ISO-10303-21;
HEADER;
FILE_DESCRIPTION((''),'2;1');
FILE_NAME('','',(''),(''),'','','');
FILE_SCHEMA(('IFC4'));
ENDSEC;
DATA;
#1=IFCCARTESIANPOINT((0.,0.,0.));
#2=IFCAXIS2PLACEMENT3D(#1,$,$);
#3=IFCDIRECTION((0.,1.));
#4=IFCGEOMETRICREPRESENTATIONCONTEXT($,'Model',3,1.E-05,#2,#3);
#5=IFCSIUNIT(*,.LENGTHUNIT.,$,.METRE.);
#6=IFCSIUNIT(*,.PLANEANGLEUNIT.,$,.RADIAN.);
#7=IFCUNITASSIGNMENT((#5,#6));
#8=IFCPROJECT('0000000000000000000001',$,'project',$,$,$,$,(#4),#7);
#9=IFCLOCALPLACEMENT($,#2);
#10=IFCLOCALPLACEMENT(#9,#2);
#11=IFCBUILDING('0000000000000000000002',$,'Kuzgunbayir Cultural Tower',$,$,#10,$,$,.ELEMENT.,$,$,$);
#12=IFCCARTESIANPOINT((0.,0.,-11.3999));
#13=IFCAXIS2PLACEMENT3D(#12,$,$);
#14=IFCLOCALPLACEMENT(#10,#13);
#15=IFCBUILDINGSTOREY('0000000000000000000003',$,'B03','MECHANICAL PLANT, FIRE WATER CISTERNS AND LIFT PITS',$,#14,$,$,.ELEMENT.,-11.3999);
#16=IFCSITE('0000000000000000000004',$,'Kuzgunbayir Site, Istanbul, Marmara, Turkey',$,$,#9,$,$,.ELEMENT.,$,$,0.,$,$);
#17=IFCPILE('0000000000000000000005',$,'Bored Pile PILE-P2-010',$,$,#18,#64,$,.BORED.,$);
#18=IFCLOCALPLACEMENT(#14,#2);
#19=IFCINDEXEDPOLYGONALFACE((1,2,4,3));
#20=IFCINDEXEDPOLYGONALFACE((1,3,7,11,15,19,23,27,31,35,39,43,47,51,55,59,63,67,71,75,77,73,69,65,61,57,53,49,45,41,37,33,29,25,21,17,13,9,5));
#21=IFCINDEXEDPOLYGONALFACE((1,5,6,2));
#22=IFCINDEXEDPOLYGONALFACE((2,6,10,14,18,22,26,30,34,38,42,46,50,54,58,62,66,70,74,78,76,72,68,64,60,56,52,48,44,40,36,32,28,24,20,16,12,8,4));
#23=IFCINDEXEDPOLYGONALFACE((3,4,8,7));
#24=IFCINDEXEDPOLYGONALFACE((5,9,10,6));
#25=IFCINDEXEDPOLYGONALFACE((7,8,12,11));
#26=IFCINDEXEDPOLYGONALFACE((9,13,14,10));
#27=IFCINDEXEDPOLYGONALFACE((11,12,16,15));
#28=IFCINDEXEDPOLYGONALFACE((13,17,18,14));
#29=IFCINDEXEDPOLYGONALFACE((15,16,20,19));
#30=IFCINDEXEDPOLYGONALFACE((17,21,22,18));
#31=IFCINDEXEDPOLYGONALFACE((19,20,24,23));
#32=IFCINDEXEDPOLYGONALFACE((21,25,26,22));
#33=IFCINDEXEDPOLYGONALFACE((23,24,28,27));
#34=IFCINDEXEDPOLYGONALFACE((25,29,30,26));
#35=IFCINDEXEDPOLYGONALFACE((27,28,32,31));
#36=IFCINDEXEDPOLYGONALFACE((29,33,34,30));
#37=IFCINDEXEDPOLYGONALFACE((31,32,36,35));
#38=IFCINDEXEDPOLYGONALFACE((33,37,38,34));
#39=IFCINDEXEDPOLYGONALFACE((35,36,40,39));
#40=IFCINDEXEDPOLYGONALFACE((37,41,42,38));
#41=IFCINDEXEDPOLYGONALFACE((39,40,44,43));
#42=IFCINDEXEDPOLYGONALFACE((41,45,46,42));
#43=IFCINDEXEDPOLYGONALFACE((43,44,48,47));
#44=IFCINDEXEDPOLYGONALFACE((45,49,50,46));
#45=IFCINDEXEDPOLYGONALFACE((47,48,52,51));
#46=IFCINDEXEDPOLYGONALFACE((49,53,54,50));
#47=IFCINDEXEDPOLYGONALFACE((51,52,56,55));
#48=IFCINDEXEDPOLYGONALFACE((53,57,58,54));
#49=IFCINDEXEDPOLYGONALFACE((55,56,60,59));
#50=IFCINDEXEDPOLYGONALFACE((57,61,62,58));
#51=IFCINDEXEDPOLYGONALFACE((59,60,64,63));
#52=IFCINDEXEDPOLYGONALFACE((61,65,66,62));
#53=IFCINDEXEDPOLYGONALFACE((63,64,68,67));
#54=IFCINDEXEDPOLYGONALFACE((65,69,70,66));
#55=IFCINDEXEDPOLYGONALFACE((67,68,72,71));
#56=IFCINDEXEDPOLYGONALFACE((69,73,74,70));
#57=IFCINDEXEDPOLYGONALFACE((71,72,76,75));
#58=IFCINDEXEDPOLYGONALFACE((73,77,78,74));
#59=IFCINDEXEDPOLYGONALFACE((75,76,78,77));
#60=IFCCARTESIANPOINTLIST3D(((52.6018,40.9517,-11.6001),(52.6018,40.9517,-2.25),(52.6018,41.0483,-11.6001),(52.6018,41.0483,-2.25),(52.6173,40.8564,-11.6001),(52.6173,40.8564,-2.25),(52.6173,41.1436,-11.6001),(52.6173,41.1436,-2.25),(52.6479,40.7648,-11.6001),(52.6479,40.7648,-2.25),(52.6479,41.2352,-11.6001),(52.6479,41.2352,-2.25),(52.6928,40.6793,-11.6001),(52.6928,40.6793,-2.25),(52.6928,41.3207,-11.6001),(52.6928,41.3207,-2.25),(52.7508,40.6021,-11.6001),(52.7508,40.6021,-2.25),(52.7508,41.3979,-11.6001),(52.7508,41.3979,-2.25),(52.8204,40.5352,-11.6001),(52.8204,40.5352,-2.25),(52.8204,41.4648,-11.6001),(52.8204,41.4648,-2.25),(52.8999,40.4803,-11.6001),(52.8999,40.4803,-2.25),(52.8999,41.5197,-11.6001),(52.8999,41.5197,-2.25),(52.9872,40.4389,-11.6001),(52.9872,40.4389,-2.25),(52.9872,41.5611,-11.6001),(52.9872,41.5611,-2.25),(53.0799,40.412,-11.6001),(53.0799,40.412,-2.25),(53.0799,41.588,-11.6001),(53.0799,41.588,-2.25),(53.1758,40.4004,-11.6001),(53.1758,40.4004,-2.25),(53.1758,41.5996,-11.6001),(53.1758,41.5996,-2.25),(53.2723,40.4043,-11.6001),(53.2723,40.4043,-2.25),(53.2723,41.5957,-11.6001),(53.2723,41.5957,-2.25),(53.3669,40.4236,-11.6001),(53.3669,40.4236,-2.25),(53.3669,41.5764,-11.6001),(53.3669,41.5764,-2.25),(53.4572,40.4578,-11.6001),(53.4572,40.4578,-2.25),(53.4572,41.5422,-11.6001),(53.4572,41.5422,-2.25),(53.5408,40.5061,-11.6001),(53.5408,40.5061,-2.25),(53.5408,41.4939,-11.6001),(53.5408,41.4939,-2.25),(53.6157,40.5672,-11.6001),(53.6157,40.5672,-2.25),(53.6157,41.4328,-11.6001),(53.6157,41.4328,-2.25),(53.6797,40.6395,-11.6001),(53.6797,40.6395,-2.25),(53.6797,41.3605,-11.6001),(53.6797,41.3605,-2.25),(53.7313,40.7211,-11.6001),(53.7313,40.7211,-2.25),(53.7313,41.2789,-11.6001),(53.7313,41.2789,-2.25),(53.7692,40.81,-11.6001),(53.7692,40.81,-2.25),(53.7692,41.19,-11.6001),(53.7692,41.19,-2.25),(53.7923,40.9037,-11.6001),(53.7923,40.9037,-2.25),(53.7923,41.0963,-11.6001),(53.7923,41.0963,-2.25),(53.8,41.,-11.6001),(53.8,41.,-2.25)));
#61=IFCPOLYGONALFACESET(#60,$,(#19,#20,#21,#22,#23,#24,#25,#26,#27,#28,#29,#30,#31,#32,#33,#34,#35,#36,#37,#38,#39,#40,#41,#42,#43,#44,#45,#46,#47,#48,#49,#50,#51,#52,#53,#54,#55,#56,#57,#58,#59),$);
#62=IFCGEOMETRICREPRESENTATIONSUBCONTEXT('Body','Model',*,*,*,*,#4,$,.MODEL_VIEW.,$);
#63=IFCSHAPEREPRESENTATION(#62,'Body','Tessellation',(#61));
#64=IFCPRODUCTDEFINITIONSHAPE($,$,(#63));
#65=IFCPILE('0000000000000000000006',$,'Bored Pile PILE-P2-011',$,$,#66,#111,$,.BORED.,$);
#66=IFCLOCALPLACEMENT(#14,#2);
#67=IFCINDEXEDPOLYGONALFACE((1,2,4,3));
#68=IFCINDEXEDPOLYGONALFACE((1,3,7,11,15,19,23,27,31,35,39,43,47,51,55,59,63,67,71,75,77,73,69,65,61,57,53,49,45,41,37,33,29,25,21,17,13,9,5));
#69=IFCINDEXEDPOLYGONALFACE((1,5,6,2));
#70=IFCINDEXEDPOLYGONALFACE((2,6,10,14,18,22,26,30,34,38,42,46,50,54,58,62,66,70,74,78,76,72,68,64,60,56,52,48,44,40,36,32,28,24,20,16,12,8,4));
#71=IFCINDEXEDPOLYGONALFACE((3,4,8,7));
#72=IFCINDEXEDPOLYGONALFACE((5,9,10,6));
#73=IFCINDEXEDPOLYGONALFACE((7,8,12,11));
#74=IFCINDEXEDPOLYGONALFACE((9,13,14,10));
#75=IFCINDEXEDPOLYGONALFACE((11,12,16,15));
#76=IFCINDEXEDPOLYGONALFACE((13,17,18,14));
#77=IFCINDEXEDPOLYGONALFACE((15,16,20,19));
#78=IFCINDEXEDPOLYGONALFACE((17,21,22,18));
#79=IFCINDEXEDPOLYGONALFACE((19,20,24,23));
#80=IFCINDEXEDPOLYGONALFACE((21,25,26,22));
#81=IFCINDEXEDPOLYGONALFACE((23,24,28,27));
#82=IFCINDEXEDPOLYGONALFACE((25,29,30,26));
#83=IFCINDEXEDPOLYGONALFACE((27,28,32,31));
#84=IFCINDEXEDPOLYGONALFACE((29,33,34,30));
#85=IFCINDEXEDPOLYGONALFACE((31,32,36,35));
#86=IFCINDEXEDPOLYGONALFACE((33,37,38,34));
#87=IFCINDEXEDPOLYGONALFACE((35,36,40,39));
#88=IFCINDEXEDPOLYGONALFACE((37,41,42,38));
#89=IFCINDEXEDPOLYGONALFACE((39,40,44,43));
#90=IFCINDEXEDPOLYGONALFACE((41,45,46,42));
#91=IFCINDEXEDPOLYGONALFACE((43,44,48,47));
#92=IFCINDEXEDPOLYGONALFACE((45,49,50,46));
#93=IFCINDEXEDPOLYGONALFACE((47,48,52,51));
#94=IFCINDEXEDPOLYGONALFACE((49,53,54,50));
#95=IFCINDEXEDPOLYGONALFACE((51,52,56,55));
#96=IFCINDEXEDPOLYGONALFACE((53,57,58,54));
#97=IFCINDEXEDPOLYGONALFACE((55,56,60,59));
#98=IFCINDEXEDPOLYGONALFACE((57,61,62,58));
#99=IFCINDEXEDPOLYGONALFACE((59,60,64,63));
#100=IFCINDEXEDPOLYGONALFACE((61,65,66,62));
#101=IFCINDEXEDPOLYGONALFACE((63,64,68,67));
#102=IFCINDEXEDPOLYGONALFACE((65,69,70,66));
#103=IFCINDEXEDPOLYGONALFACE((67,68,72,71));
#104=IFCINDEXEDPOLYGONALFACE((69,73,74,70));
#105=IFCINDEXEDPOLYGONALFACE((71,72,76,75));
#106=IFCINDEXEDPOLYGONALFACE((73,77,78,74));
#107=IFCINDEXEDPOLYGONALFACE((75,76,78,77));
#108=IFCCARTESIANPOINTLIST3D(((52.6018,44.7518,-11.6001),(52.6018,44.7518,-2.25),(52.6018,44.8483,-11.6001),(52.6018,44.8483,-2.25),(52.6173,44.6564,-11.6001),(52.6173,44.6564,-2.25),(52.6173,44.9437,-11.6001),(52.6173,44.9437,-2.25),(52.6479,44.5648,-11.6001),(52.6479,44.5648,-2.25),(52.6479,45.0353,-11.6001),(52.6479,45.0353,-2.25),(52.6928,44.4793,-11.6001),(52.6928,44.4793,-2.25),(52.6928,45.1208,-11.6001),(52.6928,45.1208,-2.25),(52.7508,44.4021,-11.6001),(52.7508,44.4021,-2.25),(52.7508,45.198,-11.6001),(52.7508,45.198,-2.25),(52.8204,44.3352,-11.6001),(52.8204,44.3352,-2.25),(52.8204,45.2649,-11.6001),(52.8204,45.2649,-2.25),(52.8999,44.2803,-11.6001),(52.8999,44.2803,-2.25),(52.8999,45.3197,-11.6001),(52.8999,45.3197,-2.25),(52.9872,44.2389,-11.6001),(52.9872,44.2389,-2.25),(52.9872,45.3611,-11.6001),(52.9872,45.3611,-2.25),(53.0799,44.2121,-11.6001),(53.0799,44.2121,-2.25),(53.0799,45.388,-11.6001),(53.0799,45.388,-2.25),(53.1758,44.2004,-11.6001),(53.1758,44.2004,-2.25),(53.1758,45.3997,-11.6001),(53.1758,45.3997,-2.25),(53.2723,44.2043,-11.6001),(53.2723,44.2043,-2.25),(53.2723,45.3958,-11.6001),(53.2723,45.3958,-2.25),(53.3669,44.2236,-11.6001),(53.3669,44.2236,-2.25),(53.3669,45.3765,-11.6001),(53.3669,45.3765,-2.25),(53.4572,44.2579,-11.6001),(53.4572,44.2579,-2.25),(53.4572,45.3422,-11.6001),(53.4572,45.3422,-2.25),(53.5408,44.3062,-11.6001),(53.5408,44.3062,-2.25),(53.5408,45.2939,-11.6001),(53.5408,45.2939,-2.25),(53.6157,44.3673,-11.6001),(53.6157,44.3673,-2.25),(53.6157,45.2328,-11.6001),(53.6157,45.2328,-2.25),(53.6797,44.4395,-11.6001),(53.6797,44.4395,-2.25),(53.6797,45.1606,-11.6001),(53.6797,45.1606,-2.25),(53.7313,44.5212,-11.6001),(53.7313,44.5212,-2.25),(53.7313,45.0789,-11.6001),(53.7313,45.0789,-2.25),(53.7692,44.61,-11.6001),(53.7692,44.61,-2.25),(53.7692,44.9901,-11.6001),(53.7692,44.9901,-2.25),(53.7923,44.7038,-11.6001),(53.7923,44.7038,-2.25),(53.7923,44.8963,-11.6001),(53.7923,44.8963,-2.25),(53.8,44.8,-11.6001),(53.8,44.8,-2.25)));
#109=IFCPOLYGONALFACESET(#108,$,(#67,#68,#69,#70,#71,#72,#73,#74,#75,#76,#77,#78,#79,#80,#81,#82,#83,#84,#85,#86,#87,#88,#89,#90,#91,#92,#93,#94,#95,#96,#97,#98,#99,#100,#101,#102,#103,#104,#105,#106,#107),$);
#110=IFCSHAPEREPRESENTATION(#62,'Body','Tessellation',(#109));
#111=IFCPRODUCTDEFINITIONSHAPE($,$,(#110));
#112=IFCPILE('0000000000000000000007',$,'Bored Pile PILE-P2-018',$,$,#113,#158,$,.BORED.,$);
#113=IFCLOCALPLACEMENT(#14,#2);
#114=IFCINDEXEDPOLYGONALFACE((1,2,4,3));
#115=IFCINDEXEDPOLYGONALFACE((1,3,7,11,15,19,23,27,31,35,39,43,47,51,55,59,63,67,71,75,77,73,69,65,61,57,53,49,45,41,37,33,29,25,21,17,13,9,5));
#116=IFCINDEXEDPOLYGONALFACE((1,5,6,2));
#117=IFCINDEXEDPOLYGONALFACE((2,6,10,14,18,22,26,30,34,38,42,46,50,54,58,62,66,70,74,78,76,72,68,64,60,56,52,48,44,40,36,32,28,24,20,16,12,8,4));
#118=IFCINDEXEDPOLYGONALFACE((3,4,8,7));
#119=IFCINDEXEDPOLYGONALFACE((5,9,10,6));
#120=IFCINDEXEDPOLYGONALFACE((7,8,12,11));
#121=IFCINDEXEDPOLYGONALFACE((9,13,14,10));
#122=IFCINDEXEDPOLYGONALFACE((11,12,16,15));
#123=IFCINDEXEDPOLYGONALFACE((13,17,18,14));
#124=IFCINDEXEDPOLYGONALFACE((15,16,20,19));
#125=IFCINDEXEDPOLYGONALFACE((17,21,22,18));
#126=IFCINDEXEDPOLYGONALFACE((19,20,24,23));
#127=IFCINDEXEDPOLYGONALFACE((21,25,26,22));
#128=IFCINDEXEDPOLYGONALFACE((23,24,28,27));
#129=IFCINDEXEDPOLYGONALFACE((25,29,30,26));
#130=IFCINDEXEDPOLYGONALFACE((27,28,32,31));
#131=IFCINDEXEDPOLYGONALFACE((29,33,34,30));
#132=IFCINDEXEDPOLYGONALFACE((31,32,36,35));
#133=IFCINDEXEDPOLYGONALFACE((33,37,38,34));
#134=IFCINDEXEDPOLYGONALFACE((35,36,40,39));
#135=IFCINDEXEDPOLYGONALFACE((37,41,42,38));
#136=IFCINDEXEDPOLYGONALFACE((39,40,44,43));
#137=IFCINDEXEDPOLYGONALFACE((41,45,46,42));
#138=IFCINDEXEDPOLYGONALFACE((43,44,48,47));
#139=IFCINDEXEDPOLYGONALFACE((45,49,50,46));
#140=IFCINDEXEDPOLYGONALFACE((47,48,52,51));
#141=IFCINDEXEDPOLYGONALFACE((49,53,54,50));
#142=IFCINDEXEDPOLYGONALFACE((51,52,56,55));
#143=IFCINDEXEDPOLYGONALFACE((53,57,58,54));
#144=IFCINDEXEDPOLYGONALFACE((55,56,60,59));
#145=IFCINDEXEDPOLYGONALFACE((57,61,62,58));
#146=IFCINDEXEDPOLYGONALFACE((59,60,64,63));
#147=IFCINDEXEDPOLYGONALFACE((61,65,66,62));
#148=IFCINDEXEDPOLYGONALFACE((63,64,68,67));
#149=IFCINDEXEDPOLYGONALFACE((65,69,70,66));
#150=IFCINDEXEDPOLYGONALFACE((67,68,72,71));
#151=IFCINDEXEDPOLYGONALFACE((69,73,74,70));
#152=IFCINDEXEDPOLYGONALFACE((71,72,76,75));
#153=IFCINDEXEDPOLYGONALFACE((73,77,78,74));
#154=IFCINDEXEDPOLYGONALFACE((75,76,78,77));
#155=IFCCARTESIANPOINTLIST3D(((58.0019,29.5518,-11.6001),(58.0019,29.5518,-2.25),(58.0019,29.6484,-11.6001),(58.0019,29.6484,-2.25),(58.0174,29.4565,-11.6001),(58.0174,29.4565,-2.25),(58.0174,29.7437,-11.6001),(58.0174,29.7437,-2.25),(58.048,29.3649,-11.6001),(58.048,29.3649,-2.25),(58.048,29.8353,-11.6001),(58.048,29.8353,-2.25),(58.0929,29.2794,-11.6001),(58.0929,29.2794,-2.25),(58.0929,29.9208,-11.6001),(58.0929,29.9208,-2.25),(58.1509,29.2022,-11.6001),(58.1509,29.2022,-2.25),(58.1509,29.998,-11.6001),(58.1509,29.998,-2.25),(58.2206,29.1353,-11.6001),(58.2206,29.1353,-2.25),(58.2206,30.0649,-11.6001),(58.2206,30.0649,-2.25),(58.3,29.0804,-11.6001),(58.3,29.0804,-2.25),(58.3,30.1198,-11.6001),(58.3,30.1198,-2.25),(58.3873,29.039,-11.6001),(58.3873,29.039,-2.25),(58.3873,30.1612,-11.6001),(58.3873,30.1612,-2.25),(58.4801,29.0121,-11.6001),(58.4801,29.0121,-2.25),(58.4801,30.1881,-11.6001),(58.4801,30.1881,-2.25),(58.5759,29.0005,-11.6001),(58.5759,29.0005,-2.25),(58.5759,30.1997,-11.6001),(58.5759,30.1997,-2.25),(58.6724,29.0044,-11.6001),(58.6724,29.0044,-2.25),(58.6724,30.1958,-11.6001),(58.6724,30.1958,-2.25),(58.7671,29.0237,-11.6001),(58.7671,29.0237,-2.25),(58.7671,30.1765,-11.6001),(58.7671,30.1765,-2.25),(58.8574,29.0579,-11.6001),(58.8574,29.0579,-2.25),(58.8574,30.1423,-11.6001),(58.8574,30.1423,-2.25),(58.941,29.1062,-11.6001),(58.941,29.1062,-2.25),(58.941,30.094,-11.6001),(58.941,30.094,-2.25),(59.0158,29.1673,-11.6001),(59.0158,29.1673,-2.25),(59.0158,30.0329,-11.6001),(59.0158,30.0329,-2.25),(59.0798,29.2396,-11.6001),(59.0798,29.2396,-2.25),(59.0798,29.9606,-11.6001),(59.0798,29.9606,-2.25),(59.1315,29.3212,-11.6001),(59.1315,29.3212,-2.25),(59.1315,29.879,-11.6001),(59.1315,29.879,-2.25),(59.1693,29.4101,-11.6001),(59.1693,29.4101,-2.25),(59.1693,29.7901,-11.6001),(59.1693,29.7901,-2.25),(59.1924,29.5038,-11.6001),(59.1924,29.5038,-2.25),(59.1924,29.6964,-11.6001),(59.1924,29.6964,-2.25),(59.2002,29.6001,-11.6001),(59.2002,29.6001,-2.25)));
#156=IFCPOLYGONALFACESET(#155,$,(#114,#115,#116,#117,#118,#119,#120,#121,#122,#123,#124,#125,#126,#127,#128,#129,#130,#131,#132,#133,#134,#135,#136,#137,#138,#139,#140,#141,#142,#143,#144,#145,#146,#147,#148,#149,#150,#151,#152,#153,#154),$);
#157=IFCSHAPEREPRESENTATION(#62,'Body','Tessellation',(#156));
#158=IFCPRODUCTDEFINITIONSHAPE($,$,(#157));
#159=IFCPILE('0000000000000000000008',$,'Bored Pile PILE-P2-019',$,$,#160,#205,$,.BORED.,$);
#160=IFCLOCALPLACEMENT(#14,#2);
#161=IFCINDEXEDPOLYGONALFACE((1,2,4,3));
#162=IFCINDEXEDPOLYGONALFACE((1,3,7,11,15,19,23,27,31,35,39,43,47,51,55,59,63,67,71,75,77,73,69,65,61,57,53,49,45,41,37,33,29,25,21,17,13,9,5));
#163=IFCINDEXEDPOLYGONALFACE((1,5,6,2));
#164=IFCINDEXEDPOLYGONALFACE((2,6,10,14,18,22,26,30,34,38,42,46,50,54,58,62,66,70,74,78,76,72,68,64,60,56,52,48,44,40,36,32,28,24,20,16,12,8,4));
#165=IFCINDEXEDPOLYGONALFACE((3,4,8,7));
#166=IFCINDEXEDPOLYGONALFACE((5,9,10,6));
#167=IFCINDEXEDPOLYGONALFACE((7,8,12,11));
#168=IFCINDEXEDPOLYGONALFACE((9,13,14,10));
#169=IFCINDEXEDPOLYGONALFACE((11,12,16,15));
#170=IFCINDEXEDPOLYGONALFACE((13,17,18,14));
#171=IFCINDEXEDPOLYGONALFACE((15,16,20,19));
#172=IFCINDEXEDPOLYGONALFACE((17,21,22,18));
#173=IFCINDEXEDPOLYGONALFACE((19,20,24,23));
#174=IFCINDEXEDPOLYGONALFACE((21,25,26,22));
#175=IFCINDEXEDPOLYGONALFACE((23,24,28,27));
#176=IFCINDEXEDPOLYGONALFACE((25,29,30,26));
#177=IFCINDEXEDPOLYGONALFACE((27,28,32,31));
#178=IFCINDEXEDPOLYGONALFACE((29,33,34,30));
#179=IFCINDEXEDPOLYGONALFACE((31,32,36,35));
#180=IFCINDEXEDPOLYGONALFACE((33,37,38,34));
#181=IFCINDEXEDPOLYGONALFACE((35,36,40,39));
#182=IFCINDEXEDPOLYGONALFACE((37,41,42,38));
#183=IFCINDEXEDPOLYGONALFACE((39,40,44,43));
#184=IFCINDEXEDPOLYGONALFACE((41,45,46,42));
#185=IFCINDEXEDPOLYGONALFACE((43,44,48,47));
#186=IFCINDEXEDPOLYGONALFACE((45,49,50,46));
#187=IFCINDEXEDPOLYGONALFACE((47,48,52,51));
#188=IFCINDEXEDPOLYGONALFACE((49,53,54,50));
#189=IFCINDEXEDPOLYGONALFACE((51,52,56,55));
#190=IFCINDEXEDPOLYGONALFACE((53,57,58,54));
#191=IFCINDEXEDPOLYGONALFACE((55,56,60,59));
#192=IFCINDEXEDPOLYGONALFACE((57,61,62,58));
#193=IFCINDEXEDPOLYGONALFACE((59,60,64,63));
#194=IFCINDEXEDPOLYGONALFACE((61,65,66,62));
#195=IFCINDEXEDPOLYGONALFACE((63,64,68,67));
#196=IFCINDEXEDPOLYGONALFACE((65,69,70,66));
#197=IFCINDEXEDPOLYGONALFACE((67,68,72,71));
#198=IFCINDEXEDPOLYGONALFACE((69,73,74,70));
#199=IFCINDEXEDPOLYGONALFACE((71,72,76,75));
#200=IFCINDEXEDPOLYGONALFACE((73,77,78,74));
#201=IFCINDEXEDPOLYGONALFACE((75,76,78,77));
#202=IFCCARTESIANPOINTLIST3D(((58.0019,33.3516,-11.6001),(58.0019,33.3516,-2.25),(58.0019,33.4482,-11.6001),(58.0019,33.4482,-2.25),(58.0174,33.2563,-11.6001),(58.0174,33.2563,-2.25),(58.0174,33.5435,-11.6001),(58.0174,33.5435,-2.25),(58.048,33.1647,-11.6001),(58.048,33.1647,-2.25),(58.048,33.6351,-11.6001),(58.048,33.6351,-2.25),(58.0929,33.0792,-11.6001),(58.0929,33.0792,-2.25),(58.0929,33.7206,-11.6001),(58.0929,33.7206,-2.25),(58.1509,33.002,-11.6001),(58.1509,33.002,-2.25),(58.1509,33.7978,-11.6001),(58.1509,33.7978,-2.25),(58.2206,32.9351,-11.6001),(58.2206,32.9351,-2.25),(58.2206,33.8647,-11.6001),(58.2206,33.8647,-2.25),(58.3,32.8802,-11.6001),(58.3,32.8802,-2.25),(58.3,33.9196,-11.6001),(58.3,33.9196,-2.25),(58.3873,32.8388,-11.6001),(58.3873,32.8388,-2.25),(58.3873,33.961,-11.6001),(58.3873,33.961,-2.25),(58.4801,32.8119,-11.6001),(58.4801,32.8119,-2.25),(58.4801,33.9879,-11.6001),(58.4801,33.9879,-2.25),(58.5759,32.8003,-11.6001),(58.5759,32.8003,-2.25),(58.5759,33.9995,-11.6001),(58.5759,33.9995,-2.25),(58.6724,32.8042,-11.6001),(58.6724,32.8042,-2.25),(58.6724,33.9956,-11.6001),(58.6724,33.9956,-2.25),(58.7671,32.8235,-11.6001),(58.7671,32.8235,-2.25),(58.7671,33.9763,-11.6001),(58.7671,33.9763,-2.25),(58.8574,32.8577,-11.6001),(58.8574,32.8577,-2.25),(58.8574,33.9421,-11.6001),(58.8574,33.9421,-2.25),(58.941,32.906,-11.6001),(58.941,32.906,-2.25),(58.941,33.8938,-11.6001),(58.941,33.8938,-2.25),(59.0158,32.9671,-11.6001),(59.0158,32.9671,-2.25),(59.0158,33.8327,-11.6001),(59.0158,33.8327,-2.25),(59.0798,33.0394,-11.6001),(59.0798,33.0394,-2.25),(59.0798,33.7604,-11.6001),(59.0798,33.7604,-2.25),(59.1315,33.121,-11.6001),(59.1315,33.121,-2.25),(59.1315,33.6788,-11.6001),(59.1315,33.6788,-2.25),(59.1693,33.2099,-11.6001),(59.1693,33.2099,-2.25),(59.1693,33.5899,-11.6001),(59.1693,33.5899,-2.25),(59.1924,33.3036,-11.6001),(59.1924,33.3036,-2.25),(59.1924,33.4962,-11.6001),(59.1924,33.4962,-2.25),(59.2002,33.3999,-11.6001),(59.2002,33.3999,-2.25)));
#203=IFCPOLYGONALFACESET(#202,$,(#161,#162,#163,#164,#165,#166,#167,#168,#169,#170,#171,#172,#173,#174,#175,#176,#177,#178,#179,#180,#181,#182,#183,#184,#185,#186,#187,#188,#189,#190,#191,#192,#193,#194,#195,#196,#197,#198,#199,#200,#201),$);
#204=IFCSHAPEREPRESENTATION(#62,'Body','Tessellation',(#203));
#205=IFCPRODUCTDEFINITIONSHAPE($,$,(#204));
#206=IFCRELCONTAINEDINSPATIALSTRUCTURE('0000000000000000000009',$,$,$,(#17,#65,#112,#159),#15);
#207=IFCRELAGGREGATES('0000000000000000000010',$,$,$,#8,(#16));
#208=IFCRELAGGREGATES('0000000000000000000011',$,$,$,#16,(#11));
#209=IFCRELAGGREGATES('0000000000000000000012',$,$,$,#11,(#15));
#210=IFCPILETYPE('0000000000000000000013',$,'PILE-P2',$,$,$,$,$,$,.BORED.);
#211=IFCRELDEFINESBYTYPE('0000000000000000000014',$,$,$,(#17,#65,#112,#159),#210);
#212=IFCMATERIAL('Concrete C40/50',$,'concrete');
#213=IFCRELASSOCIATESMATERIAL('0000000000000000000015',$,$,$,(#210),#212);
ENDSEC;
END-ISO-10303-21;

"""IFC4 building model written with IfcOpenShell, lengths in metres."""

from ifc_helpers import new_model, si_unit, direction, frame, origin, origin_2d, place, context, subcontext, project, spatial, circle, extrude, material, material_profile, profile_set, type_object, element, save


model = new_model("IFC4")

# Units and contexts
model_context = context("Model", 3, precision=1e-05, world=origin(), true_north=direction((0.0, 1.0)))
body_context = subcontext(model_context, "Body", "Model", "MODEL_VIEW")
ifc_project = project(units=[si_unit("LENGTHUNIT", "METRE"), si_unit("PLANEANGLEUNIT", "RADIAN")], contexts=[model_context])

# Site, building, storey
site_placement = place(None, origin())
site = spatial("IfcSite", under=ifc_project, at=site_placement, Name="Kuzgunbayir Site, Istanbul, Marmara, Turkey", CompositionType="ELEMENT", RefElevation=0.0)
building_placement = place(site_placement, origin())
building = spatial("IfcBuilding", under=site, at=building_placement, Name="Kuzgunbayir Cultural Tower", CompositionType="ELEMENT")
storey_placement = place(building_placement, frame((0.0, 0.0, -11.3999)))
storey = spatial("IfcBuildingStorey", under=building, at=storey_placement, Name="B03", Description="MECHANICAL PLANT, FIRE WATER CISTERNS AND LIFT PITS", CompositionType="ELEMENT", Elevation=-11.3999)

# Piles
ifc_material_1 = material(Name="Concrete C40/50", Category="concrete")
ifc_material_profile_1 = material_profile(ifc_material_1, circle(Radius=0.6001, at=origin_2d()), Name="BORED PILE 1200")
ifc_profile_set_1 = profile_set([ifc_material_profile_1], Name="Concrete C40/50")
pile_type_1 = type_object("IfcPileType", Name="PILE-P2", PredefinedType="BORED", material=ifc_profile_set_1)
for number, where, z_axis, x_axis, name in (
    (1, (53.2, 41.0, -2.25), (0.0, 0.0, -1.0), (1.0, 0.0, 0.0), "Bored Pile PILE-P2-010"),
    (2, (53.2, 44.8, -2.25), (0.0, 0.0, -1.0), (1.0, 0.0, 0.0), "Bored Pile PILE-P2-011"),
    (3, (58.6001, 29.6001, -2.25), (0.0, 0.0, -1.0), (1.0, 0.0, 0.0), "Bored Pile PILE-P2-018"),
    (4, (58.6001, 33.3999, -2.25), (0.0, 0.0, -1.0), (1.0, 0.0, 0.0), "Bored Pile PILE-P2-019"),
):
    element("IfcPile", number, at=place(storey_placement, frame(where, z_axis=z_axis, x_axis=x_axis)), inside=storey, type_object=pile_type_1, Name=name, PredefinedType="BORED", context=body_context, shape_type="SweptSolid", body=[
        extrude(circle(Radius=0.6001, at=origin_2d()), origin(), (0.0, 0.0, 1.0), 9.3501),
    ])

save(model, "model.ifc")
